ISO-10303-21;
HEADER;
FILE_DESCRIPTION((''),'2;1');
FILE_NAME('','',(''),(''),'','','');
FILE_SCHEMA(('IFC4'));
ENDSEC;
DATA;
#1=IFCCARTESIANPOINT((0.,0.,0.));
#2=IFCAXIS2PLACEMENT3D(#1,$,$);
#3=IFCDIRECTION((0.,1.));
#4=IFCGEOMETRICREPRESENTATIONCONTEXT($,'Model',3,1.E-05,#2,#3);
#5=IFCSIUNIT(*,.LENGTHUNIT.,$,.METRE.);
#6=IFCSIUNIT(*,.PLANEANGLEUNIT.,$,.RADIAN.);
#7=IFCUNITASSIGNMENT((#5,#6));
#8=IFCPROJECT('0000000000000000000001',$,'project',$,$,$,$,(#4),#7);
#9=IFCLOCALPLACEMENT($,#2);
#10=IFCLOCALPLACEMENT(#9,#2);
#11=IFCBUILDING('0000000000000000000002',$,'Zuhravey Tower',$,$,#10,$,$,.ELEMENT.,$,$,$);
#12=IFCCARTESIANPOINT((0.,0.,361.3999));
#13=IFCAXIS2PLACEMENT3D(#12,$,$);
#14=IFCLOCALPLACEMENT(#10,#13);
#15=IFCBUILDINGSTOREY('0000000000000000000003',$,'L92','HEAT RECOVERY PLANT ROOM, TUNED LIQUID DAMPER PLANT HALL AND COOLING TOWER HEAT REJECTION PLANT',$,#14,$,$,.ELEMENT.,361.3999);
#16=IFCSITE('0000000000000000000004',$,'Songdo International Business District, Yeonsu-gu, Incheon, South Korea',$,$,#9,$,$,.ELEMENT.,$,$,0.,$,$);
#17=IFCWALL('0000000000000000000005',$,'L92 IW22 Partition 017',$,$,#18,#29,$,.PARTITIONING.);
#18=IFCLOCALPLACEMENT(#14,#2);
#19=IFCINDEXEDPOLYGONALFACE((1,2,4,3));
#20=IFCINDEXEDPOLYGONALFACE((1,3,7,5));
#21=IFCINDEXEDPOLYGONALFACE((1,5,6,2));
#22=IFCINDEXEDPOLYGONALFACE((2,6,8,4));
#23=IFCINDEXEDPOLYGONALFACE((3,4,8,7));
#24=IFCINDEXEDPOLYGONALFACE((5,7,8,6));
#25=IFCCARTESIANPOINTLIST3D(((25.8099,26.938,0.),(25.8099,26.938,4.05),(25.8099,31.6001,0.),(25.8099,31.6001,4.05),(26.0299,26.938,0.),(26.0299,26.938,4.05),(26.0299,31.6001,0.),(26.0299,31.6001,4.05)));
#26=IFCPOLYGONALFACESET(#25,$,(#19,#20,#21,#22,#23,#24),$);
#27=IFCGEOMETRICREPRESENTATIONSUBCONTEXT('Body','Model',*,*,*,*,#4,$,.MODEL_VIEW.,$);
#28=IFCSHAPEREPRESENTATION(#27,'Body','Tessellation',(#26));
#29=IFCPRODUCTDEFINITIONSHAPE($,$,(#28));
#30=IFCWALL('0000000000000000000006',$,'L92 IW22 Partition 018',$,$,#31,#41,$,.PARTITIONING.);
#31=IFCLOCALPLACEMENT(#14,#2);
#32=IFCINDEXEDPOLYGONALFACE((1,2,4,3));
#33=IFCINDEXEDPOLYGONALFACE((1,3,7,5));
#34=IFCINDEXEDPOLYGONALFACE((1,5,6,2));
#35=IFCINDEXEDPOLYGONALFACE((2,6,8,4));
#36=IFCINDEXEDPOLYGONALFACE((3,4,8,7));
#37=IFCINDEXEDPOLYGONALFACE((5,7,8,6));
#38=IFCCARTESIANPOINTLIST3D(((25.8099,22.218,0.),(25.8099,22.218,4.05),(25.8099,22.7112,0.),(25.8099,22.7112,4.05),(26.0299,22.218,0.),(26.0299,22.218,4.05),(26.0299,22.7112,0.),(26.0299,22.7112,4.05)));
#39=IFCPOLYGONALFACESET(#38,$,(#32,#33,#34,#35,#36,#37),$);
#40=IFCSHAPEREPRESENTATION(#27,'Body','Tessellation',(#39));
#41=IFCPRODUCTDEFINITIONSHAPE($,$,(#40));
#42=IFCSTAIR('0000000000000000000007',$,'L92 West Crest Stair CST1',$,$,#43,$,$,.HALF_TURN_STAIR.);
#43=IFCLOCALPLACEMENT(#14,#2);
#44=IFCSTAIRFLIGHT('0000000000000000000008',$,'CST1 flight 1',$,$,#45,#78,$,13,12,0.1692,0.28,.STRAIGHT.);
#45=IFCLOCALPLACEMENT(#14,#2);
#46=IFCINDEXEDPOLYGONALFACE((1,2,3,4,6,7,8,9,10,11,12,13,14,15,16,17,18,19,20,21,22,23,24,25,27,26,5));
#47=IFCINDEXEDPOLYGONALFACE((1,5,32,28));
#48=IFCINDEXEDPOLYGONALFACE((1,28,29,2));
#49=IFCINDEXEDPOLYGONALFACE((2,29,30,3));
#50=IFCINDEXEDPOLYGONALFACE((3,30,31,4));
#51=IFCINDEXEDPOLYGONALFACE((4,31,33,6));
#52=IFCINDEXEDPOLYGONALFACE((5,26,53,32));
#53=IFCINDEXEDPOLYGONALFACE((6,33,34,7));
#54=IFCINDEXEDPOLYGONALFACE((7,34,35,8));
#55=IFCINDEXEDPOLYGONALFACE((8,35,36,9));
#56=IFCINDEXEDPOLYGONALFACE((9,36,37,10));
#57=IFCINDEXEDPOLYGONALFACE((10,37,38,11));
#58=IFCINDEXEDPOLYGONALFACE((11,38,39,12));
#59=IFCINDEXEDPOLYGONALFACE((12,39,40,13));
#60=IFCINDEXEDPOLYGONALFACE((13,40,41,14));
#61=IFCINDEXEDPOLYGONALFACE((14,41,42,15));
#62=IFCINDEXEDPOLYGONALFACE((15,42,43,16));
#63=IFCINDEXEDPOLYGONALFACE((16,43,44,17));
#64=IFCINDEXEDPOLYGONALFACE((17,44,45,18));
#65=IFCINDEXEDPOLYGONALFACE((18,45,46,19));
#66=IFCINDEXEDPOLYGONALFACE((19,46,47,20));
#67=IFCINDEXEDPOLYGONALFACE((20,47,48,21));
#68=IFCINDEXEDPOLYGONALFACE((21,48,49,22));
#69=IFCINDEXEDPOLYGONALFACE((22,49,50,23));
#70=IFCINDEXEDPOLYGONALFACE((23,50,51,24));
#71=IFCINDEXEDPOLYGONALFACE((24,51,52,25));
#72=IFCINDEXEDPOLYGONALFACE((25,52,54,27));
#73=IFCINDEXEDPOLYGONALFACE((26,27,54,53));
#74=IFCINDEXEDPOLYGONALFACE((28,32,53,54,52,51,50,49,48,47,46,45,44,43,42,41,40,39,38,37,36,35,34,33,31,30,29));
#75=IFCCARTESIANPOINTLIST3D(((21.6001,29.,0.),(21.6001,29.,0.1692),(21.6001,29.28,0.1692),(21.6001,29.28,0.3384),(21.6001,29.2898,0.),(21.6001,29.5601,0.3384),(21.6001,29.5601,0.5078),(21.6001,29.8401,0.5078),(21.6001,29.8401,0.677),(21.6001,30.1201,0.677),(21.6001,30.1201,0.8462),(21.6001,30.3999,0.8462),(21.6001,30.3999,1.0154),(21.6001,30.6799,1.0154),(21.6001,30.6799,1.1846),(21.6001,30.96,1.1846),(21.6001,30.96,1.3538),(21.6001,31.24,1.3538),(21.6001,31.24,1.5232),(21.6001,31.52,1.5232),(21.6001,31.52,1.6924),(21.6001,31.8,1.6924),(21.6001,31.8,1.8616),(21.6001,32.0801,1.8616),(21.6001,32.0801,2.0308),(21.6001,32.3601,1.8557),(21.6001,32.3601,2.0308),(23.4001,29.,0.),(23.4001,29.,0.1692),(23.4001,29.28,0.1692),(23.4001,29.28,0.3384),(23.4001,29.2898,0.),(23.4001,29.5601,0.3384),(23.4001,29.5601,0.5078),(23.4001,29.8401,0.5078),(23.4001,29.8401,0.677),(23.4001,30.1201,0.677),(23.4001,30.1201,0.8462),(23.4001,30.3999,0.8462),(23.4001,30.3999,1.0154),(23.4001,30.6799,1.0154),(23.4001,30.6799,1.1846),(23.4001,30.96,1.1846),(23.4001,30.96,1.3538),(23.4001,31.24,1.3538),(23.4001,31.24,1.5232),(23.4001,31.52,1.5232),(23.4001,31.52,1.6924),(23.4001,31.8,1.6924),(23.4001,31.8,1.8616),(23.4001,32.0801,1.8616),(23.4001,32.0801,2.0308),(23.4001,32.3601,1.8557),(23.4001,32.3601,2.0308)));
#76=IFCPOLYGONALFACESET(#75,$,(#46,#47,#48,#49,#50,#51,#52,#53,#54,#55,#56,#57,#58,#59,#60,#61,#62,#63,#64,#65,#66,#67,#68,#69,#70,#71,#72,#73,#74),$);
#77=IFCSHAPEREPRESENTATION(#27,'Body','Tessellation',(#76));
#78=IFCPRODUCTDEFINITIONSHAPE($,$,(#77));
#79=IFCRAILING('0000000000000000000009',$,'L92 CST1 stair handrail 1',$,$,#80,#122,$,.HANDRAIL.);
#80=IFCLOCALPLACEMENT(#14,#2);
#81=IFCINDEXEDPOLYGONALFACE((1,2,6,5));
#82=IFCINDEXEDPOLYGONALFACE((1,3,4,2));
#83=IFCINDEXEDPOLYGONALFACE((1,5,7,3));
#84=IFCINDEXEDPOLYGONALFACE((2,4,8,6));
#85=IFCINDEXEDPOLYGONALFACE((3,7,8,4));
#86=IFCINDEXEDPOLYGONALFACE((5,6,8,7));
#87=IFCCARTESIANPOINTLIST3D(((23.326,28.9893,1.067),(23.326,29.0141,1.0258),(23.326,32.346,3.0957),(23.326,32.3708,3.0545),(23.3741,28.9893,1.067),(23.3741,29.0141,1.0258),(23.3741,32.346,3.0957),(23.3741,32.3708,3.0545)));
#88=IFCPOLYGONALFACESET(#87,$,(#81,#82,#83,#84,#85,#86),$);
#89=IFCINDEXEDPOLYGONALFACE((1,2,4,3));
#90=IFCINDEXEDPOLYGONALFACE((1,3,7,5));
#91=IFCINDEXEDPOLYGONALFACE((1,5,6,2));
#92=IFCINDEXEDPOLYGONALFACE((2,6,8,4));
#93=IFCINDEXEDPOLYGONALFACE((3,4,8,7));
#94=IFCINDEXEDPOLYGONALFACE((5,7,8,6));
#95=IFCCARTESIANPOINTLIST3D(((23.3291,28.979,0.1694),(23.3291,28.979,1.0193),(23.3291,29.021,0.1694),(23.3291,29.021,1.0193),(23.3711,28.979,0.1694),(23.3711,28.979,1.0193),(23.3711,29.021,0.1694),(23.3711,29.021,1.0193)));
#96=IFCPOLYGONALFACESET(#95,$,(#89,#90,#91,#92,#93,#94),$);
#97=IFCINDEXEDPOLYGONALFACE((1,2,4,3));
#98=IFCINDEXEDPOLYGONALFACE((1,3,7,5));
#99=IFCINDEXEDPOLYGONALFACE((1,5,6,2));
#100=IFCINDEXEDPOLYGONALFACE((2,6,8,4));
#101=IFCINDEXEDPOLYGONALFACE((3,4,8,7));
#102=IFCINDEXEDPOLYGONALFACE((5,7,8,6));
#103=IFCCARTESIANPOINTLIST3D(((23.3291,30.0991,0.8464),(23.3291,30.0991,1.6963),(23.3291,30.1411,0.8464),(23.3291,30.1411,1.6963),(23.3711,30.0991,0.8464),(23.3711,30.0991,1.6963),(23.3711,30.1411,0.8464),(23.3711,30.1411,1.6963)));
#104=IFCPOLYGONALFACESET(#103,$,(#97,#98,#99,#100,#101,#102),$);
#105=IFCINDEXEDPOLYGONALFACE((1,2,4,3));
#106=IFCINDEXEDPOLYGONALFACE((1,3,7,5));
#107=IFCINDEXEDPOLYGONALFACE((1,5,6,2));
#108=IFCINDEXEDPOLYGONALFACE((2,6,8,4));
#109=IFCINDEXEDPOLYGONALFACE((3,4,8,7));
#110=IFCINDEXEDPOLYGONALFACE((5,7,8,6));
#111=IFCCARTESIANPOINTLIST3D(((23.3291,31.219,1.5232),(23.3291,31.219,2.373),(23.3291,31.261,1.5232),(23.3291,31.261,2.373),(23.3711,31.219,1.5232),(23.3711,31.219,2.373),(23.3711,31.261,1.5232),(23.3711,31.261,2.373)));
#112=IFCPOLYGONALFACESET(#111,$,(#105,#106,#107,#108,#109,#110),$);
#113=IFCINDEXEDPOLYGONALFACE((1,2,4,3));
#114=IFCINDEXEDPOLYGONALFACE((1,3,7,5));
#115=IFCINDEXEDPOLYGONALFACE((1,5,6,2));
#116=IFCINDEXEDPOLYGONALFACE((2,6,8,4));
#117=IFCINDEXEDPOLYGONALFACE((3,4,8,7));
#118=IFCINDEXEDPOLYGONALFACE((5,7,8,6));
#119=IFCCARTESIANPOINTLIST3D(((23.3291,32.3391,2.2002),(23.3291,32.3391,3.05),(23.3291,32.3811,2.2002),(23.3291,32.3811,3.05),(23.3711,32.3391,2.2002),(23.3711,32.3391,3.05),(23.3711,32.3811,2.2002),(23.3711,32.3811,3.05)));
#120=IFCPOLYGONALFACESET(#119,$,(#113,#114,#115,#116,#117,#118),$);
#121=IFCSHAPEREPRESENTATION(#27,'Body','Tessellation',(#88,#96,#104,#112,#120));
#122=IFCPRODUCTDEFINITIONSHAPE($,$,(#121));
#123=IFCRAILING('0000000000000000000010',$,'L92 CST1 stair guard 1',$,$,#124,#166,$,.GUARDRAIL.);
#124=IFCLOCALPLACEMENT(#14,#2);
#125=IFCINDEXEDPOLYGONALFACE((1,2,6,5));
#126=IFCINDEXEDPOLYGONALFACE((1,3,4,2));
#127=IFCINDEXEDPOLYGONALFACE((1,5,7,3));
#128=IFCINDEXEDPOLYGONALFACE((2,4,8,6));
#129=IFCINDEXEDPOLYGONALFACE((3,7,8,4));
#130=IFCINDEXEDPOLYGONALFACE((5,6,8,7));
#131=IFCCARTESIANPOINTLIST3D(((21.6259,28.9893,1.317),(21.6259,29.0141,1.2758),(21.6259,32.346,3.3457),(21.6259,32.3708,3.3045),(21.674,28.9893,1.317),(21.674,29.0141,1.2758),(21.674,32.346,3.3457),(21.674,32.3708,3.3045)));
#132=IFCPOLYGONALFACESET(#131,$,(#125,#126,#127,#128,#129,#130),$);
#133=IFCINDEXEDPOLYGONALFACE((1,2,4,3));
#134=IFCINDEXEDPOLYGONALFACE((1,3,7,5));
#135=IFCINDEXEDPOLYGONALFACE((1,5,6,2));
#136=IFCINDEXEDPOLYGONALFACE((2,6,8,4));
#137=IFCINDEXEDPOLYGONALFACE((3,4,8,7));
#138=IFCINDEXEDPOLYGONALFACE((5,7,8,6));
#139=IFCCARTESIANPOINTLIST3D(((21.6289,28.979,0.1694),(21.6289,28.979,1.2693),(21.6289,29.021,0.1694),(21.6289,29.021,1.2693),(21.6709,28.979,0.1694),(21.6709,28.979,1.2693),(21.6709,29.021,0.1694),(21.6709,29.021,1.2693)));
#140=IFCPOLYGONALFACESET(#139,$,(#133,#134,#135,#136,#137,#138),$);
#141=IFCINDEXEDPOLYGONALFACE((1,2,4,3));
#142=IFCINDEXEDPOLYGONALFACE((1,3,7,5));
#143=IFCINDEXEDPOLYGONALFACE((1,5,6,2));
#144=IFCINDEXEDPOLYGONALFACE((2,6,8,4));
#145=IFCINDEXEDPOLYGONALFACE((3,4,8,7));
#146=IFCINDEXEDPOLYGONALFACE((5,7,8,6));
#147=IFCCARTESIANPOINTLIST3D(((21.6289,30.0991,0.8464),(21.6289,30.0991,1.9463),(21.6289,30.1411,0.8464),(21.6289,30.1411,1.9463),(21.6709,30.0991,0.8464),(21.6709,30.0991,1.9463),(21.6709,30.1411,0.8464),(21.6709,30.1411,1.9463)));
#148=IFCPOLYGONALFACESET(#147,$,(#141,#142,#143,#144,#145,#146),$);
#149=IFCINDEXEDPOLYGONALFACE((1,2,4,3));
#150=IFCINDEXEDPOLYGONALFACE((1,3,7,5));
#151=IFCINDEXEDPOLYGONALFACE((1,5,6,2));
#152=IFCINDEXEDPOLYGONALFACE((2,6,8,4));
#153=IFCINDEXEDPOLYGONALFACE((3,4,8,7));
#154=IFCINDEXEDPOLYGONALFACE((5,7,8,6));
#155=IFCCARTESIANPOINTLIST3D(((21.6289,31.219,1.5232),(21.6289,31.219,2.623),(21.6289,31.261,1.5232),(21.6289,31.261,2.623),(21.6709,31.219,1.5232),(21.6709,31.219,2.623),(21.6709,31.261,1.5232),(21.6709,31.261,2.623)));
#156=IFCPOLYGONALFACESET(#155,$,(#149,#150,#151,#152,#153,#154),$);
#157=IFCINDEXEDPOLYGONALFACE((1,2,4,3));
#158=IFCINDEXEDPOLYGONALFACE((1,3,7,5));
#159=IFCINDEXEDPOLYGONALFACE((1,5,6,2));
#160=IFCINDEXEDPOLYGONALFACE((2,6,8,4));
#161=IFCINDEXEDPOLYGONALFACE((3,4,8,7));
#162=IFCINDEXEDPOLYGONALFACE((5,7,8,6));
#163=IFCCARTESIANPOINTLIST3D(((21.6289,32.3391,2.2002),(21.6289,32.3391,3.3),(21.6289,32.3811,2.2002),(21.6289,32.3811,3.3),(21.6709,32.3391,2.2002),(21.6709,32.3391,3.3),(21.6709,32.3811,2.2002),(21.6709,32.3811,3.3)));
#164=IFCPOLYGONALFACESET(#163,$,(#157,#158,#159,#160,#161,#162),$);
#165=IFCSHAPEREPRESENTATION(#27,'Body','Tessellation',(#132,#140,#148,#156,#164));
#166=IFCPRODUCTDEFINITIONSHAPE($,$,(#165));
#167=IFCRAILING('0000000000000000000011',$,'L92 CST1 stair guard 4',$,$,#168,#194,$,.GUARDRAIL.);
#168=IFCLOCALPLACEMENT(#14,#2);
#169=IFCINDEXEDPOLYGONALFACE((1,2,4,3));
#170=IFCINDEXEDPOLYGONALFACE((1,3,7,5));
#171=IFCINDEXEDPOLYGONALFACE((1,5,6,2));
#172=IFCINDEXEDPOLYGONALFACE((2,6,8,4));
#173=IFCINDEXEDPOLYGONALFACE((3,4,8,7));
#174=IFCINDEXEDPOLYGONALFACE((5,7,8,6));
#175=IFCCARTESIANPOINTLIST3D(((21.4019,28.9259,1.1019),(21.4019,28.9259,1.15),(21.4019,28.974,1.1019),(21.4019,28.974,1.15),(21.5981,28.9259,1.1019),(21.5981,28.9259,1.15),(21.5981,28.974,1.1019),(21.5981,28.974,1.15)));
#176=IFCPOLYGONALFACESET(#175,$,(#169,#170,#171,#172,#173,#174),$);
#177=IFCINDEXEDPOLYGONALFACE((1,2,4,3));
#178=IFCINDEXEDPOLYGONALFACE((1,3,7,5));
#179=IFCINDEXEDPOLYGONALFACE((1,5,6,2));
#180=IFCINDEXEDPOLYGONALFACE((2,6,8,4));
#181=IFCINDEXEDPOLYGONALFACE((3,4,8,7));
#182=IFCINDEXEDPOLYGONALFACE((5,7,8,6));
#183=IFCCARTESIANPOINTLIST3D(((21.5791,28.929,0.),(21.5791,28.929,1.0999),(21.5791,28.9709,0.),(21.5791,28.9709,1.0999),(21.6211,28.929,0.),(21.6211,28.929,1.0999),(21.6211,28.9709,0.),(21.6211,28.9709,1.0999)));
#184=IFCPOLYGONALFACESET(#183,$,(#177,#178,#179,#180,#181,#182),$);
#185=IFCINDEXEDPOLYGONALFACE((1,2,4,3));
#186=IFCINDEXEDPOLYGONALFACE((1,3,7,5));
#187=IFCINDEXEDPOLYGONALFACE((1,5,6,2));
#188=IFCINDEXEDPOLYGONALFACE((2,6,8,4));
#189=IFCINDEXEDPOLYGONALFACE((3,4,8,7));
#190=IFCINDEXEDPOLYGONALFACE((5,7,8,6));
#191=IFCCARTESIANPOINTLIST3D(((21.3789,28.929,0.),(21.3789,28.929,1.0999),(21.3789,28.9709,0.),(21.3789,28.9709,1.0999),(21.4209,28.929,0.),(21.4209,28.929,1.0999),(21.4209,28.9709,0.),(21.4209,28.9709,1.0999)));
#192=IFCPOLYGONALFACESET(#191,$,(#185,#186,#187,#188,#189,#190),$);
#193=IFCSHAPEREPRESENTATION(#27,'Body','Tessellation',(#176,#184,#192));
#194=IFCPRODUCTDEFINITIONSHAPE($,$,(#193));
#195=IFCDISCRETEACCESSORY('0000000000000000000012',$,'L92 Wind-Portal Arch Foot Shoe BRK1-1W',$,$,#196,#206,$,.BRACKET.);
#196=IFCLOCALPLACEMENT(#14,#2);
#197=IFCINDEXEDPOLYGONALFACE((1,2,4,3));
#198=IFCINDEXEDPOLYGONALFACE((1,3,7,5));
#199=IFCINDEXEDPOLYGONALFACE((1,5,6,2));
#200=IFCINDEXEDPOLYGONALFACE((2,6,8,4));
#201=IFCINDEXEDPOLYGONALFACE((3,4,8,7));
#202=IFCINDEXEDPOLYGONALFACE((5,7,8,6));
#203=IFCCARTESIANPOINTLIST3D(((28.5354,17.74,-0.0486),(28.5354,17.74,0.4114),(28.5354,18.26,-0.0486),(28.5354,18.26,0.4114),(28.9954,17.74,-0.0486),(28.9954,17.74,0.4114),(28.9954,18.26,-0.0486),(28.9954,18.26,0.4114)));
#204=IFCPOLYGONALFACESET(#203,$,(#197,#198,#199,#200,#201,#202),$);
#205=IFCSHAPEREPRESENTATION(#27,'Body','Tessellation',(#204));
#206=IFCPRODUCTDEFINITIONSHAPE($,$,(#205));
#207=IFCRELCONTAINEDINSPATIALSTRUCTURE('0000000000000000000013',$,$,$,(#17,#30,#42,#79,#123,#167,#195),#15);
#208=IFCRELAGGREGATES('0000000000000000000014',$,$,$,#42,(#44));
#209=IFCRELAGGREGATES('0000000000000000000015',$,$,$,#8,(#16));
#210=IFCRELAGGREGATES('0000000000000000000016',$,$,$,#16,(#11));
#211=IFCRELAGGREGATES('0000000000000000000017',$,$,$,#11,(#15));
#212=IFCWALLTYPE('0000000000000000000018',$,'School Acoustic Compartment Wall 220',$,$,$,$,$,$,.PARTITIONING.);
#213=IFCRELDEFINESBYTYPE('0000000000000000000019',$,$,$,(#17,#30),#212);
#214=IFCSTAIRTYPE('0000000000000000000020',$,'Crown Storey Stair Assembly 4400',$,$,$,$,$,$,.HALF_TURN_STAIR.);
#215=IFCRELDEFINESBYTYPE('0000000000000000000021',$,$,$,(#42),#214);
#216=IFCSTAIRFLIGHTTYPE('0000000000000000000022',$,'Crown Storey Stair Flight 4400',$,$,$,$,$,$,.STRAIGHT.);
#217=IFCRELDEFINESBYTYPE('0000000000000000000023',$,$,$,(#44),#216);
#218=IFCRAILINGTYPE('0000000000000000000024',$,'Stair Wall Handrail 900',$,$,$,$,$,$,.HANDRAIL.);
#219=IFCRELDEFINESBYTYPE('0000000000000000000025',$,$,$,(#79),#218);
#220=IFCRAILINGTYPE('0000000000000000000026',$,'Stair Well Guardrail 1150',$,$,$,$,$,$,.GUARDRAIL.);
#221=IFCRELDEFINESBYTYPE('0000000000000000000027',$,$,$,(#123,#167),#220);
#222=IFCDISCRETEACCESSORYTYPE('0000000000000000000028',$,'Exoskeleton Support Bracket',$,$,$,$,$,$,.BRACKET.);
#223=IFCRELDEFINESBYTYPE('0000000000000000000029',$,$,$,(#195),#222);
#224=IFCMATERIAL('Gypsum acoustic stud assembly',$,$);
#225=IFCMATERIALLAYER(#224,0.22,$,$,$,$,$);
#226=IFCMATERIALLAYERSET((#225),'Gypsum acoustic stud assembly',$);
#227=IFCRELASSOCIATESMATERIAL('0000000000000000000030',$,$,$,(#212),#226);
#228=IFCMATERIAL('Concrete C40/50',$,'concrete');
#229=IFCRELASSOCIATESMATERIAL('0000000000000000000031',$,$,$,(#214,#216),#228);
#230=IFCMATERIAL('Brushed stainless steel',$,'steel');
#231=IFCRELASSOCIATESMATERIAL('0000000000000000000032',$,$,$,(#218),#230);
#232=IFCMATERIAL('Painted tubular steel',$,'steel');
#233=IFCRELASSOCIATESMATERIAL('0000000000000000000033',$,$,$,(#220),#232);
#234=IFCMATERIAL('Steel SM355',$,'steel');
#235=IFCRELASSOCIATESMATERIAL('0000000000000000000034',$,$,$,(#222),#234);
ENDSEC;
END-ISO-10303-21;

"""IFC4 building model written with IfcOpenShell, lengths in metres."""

from ifc_helpers import new_model, si_unit, direction, frame, frame_2d, origin, origin_2d, place, context, subcontext, project, spatial, polyline, rectangle, outline, extrude, material, layer, layer_set, type_object, element, aggregate, save


model = new_model("IFC4")

# Units and contexts
model_context = context("Model", 3, precision=1e-05, world=origin(), true_north=direction((0.0, 1.0)))
body_context = subcontext(model_context, "Body", "Model", "MODEL_VIEW")
ifc_project = project(units=[si_unit("LENGTHUNIT", "METRE"), si_unit("PLANEANGLEUNIT", "RADIAN")], contexts=[model_context])

# Site, building, storey
site_placement = place(None, origin())
site = spatial("IfcSite", under=ifc_project, at=site_placement, Name="Songdo International Business District, Yeonsu-gu, Incheon, South Korea", CompositionType="ELEMENT", RefElevation=0.0)
building_placement = place(site_placement, origin())
building = spatial("IfcBuilding", under=site, at=building_placement, Name="Zuhravey Tower", CompositionType="ELEMENT")
storey_placement = place(building_placement, frame((0.0, 0.0, 361.3999)))
storey = spatial("IfcBuildingStorey", under=building, at=storey_placement, Name="L92", Description="HEAT RECOVERY PLANT ROOM, TUNED LIQUID DAMPER PLANT HALL AND COOLING TOWER HEAT REJECTION PLANT", CompositionType="ELEMENT", Elevation=361.3999)

# Shared definitions
ifc_material_1 = material(Name="Steel SM355", Category="steel")

# Shared definitions
ifc_material_2 = material(Name="Brushed stainless steel", Category="steel")

# Walls
ifc_material_3 = material(Name="Gypsum acoustic stud assembly")
ifc_layer_1 = layer(ifc_material_3, 0.22)
ifc_layer_set_1 = layer_set([ifc_layer_1], Name="Gypsum acoustic stud assembly")
wall_type_1 = type_object("IfcWallType", Name="School Acoustic Compartment Wall 220", PredefinedType="PARTITIONING", material=ifc_layer_set_1)
wall_1_placement = place(storey_placement, frame((25.9199, 26.938, 0.0), z_axis=(0.0, 0.0, 1.0), x_axis=(0.0, 1.0, 0.0)))
element("IfcWall", 1, at=wall_1_placement, inside=storey, type_object=wall_type_1, Name="L92 IW22 Partition 017", PredefinedType="PARTITIONING", context=body_context, shape_type="SweptSolid", body=[
    extrude(rectangle(XDim=4.6621, YDim=0.22, at=frame_2d((2.3311, 0.0))), origin(), (0.0, 0.0, 1.0), 4.05),
])
wall_2_placement = place(storey_placement, frame((25.9199, 22.218, 0.0), z_axis=(0.0, 0.0, 1.0), x_axis=(0.0, 1.0, 0.0)))
element("IfcWall", 2, at=wall_2_placement, inside=storey, type_object=wall_type_1, Name="L92 IW22 Partition 018", PredefinedType="PARTITIONING", context=body_context, shape_type="SweptSolid", body=[
    extrude(rectangle(XDim=0.4932, YDim=0.22, at=frame_2d((0.2466, 0.0))), origin(), (0.0, 0.0, 1.0), 4.05),
])

# Stair, stair flight
ifc_material_4 = material(Name="Concrete C40/50", Category="concrete")
stair_type = type_object("IfcStairType", Name="Crown Storey Stair Assembly 4400", PredefinedType="HALF_TURN_STAIR", material=ifc_material_4)
stair_placement = place(storey_placement, origin())
stair = element("IfcStair", 3, at=stair_placement, inside=storey, type_object=stair_type, Name="L92 West Crest Stair CST1", PredefinedType="HALF_TURN_STAIR")
stair_flight_type = type_object("IfcStairFlightType", Name="Crown Storey Stair Flight 4400", PredefinedType="STRAIGHT", material=ifc_material_4)
stair_flight_placement = place(storey_placement, frame((22.5, 29.0, 0.0), z_axis=(0.0, 0.0, 1.0), x_axis=(0.0, 1.0, 0.0)))
stair_flight = element("IfcStairFlight", 4, at=stair_flight_placement, type_object=stair_flight_type, Name="CST1 flight 1", NumberOfRisers=13, NumberOfTreads=12, PredefinedType="STRAIGHT", RiserHeight=0.1692, TreadLength=0.28, context=body_context, shape_type="SweptSolid", body=[
    extrude(outline(polyline([(0.0, 0.0), (0.0, 0.1692), (0.28, 0.1692), (0.28, 0.3384), (0.5601, 0.3384), (0.5601, 0.5078), (0.8401, 0.5078), (0.8401, 0.677), (1.1201, 0.677), (1.1201, 0.8462), (1.3999, 0.8462), (1.3999, 1.0154), (1.6799, 1.0154), (1.6799, 1.1846), (1.96, 1.1846), (1.96, 1.3538), (2.24, 1.3538), (2.24, 1.5232), (2.52, 1.5232), (2.52, 1.6924), (2.8, 1.6924), (2.8, 1.8616), (3.0801, 1.8616), (3.0801, 2.0308), (3.3601, 2.0308), (3.3601, 2.2), (3.3601, 1.8557), (0.2898, 0.0), (0.0, 0.0)])), frame((0.0, 0.8999, 0.0), z_axis=(0.0, -1.0, 0.0), x_axis=(1.0, 0.0, 0.0)), (0.0, 0.0, 1.0), 1.8),
])
aggregate(stair, [stair_flight])

# Railings
railing_type_1 = type_object("IfcRailingType", Name="Stair Wall Handrail 900", PredefinedType="HANDRAIL", material=ifc_material_2)
railing_1_placement = place(storey_placement, frame((23.3501, 29.0, 0.1694)))
element("IfcRailing", 5, at=railing_1_placement, inside=storey, type_object=railing_type_1, Name="L92 CST1 stair handrail 1", PredefinedType="HANDRAIL", context=body_context, shape_type="SweptSolid", body=[
    extrude(rectangle(XDim=0.0481, YDim=0.0481, at=origin_2d()), frame((0.0, 0.0017, 0.877), z_axis=(0.0, 0.855837, 0.517246), x_axis=(-1.0, 0.0, 0.0)), (0.0, 0.0, 1.0), 3.9221),
    extrude(rectangle(XDim=0.042, YDim=0.042, at=origin_2d()), origin(), (0.0, 0.0, 1.0), 0.8499),
    extrude(rectangle(XDim=0.042, YDim=0.042, at=origin_2d()), frame((0.0, 1.1201, 0.677)), (0.0, 0.0, 1.0), 0.8499),
    extrude(rectangle(XDim=0.042, YDim=0.042, at=origin_2d()), frame((0.0, 2.24, 1.3538)), (0.0, 0.0, 1.0), 0.8499),
    extrude(rectangle(XDim=0.042, YDim=0.042, at=origin_2d()), frame((0.0, 3.3601, 2.0308)), (0.0, 0.0, 1.0), 0.8499),
])
ifc_material_5 = material(Name="Painted tubular steel", Category="steel")
railing_type_2 = type_object("IfcRailingType", Name="Stair Well Guardrail 1150", PredefinedType="GUARDRAIL", material=ifc_material_5)
railing_2_placement = place(storey_placement, frame((21.6499, 29.0, 0.1694)))
element("IfcRailing", 6, at=railing_2_placement, inside=storey, type_object=railing_type_2, Name="L92 CST1 stair guard 1", PredefinedType="GUARDRAIL", context=body_context, shape_type="SweptSolid", body=[
    extrude(rectangle(XDim=0.0481, YDim=0.0481, at=origin_2d()), frame((0.0, 0.0017, 1.127), z_axis=(0.0, 0.855837, 0.517246), x_axis=(-1.0, 0.0, 0.0)), (0.0, 0.0, 1.0), 3.9221),
    extrude(rectangle(XDim=0.042, YDim=0.042, at=origin_2d()), origin(), (0.0, 0.0, 1.0), 1.0999),
    extrude(rectangle(XDim=0.042, YDim=0.042, at=origin_2d()), frame((0.0, 1.1201, 0.677)), (0.0, 0.0, 1.0), 1.0999),
    extrude(rectangle(XDim=0.042, YDim=0.042, at=origin_2d()), frame((0.0, 2.24, 1.3538)), (0.0, 0.0, 1.0), 1.0999),
    extrude(rectangle(XDim=0.042, YDim=0.042, at=origin_2d()), frame((0.0, 3.3601, 2.0308)), (0.0, 0.0, 1.0), 1.0999),
])
railing_3_placement = place(storey_placement, frame((21.6001, 28.95, 0.0)))
element("IfcRailing", 7, at=railing_3_placement, inside=storey, type_object=railing_type_2, Name="L92 CST1 stair guard 4", PredefinedType="GUARDRAIL", context=body_context, shape_type="SweptSolid", body=[
    extrude(rectangle(XDim=0.0481, YDim=0.0481, at=origin_2d()), frame((-0.002, 0.0, 1.126), z_axis=(-1.0, 0.0, 0.0), x_axis=(0.0, -1.0, 0.0)), (0.0, 0.0, 1.0), 0.1963),
    extrude(rectangle(XDim=0.042, YDim=0.042, at=origin_2d()), origin(), (0.0, 0.0, 1.0), 1.0999),
    extrude(rectangle(XDim=0.042, YDim=0.042, at=origin_2d()), frame((-0.2002, 0.0, 0.0)), (0.0, 0.0, 1.0), 1.0999),
])

# Discrete accessory
discrete_accessory_type = type_object("IfcDiscreteAccessoryType", Name="Exoskeleton Support Bracket", PredefinedType="BRACKET", material=ifc_material_1)
discrete_accessory_placement = place(storey_placement, frame((28.7654, 18.0, -0.0486), z_axis=(0.0, 0.0, 1.0), x_axis=(1.0, 0.0, 0.0)))
element("IfcDiscreteAccessory", 8, at=discrete_accessory_placement, inside=storey, type_object=discrete_accessory_type, Name="L92 Wind-Portal Arch Foot Shoe BRK1-1W", PredefinedType="BRACKET", context=body_context, shape_type="SweptSolid", body=[
    extrude(rectangle(XDim=0.46, YDim=0.52, at=origin_2d()), origin(), (0.0, 0.0, 1.0), 0.46),
])

save(model, "model.ifc")
